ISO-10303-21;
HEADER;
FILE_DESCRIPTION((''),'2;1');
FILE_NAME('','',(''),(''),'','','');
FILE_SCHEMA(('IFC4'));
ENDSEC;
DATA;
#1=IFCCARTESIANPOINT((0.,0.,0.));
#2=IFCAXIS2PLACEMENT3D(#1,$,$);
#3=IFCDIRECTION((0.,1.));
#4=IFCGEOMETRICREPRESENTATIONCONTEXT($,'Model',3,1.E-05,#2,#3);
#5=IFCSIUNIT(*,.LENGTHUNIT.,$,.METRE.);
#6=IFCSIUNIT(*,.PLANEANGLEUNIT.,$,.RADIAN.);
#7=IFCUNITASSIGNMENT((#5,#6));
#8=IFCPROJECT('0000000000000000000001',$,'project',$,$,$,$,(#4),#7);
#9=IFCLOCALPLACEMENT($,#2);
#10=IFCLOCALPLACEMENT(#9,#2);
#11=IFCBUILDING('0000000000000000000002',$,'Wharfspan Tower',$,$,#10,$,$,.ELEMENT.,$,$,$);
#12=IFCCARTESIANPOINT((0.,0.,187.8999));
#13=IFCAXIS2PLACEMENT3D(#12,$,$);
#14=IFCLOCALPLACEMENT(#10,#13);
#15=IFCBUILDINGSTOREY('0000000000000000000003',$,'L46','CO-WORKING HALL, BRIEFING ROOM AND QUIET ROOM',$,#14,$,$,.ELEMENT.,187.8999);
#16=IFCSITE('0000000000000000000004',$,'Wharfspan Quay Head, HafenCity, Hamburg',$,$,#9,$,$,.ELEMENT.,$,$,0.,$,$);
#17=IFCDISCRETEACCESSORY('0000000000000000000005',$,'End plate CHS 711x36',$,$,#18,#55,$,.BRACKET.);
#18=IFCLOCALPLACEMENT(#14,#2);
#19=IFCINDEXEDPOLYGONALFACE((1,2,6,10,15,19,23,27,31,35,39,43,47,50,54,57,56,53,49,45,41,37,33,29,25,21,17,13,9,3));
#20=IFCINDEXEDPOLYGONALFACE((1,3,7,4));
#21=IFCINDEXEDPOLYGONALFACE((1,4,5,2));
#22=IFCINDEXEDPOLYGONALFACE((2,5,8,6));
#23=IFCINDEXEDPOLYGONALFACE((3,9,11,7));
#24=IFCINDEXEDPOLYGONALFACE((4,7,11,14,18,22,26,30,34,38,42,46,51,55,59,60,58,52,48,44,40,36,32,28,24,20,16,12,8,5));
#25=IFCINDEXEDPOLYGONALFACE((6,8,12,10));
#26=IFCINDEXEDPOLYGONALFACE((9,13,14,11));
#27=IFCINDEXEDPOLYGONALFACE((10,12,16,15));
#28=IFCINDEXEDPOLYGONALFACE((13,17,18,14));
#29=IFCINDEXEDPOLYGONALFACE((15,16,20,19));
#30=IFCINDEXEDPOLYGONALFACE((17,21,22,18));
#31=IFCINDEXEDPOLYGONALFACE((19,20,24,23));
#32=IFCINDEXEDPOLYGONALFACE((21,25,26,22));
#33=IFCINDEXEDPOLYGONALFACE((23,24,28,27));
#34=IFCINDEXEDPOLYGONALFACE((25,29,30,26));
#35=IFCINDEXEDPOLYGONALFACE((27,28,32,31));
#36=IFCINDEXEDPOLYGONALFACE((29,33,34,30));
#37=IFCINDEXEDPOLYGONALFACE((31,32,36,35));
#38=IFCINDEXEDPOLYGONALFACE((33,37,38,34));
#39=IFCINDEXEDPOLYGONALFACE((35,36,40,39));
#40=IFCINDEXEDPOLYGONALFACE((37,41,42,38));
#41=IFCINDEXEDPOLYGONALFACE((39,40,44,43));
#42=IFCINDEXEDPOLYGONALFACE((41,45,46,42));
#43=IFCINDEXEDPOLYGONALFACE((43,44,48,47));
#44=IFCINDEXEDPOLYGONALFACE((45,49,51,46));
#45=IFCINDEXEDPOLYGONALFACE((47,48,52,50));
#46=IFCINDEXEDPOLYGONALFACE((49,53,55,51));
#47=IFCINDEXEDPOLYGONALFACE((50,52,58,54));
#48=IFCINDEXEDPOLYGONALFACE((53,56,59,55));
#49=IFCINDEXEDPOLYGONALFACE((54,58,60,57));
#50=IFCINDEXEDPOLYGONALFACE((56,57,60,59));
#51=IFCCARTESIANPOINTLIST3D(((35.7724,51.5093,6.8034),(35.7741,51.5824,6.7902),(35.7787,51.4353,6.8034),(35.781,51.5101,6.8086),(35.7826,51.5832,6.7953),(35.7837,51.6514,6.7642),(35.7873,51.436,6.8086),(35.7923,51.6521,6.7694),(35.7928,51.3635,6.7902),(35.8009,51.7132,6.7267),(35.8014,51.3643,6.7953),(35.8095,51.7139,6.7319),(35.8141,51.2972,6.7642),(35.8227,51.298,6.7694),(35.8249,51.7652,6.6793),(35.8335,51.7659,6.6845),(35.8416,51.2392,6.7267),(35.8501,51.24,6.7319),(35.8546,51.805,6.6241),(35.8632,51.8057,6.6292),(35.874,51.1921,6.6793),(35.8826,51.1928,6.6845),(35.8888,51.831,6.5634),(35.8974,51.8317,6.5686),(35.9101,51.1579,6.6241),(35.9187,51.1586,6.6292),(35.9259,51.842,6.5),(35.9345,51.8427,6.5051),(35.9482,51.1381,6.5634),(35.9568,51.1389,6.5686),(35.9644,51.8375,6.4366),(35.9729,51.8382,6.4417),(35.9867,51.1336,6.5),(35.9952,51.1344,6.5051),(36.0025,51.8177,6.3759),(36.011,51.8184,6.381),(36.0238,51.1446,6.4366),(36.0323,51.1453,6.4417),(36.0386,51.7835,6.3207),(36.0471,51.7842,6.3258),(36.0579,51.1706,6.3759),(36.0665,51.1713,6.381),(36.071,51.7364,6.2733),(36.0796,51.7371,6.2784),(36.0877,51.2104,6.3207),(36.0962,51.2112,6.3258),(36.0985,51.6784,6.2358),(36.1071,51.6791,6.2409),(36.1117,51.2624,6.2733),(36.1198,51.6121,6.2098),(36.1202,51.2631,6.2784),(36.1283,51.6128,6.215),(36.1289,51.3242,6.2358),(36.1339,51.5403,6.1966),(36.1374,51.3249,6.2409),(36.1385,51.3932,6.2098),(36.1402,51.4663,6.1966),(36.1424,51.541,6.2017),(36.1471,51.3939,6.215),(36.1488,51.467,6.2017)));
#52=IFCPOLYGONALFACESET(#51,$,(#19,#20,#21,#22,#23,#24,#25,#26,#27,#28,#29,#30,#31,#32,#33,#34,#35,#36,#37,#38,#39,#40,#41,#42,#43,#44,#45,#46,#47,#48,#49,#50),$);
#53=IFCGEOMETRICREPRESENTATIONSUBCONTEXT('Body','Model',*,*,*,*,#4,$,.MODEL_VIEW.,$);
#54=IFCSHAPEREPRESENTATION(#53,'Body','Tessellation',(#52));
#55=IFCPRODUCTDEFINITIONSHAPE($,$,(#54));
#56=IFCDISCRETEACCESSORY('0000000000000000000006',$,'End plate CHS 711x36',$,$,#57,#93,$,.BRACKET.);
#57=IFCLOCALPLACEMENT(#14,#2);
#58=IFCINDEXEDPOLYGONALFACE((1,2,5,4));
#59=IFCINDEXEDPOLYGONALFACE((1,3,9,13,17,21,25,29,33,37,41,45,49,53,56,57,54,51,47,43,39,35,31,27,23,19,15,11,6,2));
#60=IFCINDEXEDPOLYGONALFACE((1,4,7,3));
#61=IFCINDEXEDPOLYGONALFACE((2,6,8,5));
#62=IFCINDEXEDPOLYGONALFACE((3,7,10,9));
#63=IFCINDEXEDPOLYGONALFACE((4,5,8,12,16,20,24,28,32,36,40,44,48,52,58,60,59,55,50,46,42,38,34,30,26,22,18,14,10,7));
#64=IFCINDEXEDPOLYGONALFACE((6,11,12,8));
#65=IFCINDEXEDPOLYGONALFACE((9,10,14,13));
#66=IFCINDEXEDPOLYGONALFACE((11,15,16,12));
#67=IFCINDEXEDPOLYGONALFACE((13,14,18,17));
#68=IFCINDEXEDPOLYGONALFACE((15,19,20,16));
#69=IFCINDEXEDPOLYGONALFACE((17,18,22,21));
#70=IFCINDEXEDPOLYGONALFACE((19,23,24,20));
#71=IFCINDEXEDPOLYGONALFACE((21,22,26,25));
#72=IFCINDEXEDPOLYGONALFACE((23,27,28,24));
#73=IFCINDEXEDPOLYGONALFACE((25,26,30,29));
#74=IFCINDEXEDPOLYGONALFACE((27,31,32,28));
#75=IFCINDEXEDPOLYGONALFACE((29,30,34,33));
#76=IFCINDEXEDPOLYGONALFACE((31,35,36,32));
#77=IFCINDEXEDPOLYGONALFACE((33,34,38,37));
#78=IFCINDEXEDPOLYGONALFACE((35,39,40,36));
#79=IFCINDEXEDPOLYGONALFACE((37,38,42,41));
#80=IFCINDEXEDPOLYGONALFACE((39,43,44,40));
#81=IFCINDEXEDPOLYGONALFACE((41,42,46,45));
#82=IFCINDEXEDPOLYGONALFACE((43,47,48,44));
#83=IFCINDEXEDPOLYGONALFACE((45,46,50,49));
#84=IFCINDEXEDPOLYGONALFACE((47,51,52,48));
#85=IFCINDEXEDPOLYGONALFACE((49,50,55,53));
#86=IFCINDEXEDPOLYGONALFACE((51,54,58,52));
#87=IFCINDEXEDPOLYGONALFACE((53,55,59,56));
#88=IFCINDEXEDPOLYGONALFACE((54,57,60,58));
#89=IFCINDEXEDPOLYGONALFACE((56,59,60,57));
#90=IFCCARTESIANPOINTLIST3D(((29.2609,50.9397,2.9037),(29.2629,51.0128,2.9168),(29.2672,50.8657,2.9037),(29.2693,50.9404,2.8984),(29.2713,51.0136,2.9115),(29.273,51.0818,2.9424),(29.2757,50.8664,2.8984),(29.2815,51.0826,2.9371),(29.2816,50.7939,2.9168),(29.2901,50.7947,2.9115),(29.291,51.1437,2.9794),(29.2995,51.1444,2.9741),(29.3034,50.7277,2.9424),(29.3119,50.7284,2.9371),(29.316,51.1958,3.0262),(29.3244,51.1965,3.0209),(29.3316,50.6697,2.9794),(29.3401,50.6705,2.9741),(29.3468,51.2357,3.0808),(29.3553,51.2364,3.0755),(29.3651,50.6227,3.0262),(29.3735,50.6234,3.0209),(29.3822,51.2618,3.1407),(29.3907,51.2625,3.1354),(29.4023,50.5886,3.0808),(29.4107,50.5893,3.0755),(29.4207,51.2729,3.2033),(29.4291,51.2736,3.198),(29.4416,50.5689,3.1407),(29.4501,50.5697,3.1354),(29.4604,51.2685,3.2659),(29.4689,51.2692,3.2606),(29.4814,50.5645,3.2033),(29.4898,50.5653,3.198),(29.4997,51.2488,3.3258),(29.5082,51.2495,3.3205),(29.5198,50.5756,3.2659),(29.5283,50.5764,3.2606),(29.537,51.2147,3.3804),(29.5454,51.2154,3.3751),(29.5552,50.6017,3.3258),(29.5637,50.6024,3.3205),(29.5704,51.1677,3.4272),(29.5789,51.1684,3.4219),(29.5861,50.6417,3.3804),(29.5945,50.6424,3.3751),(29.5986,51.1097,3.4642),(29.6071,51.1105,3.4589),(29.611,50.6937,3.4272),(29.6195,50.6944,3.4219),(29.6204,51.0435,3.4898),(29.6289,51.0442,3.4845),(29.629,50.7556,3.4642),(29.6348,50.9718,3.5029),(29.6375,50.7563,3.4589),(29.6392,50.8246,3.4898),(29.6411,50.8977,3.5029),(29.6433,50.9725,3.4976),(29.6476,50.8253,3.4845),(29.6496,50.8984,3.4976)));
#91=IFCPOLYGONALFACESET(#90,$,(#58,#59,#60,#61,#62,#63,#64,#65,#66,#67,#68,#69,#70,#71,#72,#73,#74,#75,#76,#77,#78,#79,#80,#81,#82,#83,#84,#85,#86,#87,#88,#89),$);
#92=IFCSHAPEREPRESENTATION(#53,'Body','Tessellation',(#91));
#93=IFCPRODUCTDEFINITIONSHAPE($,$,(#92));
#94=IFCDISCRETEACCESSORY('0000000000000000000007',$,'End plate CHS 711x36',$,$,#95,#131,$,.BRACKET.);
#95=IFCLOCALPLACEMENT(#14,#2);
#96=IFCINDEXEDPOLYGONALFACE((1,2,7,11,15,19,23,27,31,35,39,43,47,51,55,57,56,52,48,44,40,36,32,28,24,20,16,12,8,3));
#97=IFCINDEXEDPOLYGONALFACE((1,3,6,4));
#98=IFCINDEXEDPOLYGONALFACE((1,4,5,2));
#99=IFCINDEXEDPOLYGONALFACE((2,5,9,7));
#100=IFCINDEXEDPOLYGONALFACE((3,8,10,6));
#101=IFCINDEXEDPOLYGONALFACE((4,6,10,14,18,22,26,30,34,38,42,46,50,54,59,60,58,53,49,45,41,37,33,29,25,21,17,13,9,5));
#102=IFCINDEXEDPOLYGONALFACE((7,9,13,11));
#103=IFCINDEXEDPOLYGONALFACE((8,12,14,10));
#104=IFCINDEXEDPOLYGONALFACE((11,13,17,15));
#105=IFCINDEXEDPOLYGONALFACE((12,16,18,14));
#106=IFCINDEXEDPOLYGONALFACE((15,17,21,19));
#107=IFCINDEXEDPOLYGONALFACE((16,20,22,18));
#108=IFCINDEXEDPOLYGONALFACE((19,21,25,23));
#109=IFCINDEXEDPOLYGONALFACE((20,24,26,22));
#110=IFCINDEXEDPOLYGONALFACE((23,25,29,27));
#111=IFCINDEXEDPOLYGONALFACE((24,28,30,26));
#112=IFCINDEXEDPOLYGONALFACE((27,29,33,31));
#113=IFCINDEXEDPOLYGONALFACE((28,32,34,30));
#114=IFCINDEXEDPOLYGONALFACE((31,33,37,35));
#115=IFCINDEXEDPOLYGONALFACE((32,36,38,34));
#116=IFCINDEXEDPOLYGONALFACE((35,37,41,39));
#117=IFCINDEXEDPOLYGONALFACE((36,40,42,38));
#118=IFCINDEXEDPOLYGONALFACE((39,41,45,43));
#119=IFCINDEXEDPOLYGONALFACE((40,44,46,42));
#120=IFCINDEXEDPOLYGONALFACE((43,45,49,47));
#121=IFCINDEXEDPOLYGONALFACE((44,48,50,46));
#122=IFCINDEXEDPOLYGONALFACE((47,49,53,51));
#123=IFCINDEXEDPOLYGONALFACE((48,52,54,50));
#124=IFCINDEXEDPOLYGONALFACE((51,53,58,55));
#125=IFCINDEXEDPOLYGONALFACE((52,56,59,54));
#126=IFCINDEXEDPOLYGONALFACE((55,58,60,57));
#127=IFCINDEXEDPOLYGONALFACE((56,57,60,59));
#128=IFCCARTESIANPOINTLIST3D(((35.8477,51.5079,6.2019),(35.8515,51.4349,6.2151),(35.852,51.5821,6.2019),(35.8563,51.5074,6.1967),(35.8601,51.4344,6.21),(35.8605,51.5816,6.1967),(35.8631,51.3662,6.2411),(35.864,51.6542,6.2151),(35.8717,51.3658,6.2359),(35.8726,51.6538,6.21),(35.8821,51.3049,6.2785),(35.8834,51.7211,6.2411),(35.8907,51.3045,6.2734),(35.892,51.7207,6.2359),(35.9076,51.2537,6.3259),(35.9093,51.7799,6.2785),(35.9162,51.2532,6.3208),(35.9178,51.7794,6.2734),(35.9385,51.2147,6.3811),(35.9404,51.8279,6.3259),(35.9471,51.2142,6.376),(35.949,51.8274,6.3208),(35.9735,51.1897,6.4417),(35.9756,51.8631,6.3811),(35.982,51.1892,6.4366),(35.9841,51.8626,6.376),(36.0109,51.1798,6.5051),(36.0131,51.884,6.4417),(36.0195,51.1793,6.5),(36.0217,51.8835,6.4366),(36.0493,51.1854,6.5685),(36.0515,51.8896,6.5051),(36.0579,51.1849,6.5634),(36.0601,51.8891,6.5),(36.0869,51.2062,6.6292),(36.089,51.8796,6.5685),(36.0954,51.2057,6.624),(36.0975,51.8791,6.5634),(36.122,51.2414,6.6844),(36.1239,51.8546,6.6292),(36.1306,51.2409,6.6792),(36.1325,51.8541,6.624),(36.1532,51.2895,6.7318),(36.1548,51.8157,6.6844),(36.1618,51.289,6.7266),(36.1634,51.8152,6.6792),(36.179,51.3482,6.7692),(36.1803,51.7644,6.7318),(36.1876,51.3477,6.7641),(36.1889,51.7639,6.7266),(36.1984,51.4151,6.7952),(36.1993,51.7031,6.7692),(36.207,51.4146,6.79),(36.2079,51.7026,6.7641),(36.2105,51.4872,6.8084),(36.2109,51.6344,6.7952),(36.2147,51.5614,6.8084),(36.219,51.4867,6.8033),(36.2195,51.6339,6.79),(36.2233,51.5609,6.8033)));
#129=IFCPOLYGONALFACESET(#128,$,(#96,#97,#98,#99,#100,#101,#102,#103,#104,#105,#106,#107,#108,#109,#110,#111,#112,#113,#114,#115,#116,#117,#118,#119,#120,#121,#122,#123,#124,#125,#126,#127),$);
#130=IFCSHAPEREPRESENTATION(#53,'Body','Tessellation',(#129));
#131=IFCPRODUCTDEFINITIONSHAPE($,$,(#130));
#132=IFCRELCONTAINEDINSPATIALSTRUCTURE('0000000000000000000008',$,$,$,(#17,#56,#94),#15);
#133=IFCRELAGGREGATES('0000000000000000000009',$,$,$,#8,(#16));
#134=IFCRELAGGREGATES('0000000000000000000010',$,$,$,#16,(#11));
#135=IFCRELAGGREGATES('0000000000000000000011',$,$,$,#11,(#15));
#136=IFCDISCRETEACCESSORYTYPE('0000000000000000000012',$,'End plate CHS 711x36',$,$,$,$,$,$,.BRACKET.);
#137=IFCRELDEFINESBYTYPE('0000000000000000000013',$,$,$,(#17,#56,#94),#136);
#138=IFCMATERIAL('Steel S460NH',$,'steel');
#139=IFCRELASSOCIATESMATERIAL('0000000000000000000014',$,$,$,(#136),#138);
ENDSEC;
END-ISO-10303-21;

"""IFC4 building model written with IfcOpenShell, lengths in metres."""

from ifc_helpers import new_model, si_unit, direction, frame, origin, origin_2d, place, context, subcontext, project, spatial, circle, extrude, material, material_profile, profile_set, type_object, element, save


model = new_model("IFC4")

# Units and contexts
model_context = context("Model", 3, precision=1e-05, world=origin(), true_north=direction((0.0, 1.0)))
body_context = subcontext(model_context, "Body", "Model", "MODEL_VIEW")
ifc_project = project(units=[si_unit("LENGTHUNIT", "METRE"), si_unit("PLANEANGLEUNIT", "RADIAN")], contexts=[model_context])

# Site, building, storey
site_placement = place(None, origin())
site = spatial("IfcSite", under=ifc_project, at=site_placement, Name="Wharfspan Quay Head, HafenCity, Hamburg", CompositionType="ELEMENT", RefElevation=0.0)
building_placement = place(site_placement, origin())
building = spatial("IfcBuilding", under=site, at=building_placement, Name="Wharfspan Tower", CompositionType="ELEMENT")
storey_placement = place(building_placement, frame((0.0, 0.0, 187.8999)))
storey = spatial("IfcBuildingStorey", under=building, at=storey_placement, Name="L46", Description="CO-WORKING HALL, BRIEFING ROOM AND QUIET ROOM", CompositionType="ELEMENT", Elevation=187.8999)

# Shared definitions
ifc_material_1 = material(Name="Steel S460NH", Category="steel")

# Discrete accessories
ifc_material_profile_1 = material_profile(ifc_material_1, circle(Radius=0.3555, at=origin_2d()))
ifc_profile_set_1 = profile_set([ifc_material_profile_1], Name="Steel S460NH")
discrete_accessory_type = type_object("IfcDiscreteAccessoryType", Name="End plate CHS 711x36", PredefinedType="BRACKET", material=ifc_profile_set_1)
for number, where, z_axis, x_axis, name in (
    (1, (35.9563, 51.4878, 6.5), (0.855186, 0.073302, 0.513112), (-0.085402, 0.996345, 0.000001), "End plate CHS 711x36"),
    (2, (29.4595, 50.9194, 3.198), (-0.844416, -0.072379, 0.530776), (0.085402, -0.99635, 0.0), "End plate CHS 711x36"),
    (3, (36.0398, 51.5342, 6.5), (-0.856465, 0.048941, 0.513879), (-0.05705, -0.998372, 0.0), "End plate CHS 711x36"),
):
    element("IfcDiscreteAccessory", number, at=place(storey_placement, frame(where, z_axis=z_axis, x_axis=x_axis)), inside=storey, type_object=discrete_accessory_type, Name=name, PredefinedType="BRACKET", context=body_context, shape_type="SweptSolid", body=[
        extrude(circle(Radius=0.3555, at=origin_2d()), origin(), (0.0, 0.0, 1.0), 0.01),
    ])

save(model, "model.ifc")
